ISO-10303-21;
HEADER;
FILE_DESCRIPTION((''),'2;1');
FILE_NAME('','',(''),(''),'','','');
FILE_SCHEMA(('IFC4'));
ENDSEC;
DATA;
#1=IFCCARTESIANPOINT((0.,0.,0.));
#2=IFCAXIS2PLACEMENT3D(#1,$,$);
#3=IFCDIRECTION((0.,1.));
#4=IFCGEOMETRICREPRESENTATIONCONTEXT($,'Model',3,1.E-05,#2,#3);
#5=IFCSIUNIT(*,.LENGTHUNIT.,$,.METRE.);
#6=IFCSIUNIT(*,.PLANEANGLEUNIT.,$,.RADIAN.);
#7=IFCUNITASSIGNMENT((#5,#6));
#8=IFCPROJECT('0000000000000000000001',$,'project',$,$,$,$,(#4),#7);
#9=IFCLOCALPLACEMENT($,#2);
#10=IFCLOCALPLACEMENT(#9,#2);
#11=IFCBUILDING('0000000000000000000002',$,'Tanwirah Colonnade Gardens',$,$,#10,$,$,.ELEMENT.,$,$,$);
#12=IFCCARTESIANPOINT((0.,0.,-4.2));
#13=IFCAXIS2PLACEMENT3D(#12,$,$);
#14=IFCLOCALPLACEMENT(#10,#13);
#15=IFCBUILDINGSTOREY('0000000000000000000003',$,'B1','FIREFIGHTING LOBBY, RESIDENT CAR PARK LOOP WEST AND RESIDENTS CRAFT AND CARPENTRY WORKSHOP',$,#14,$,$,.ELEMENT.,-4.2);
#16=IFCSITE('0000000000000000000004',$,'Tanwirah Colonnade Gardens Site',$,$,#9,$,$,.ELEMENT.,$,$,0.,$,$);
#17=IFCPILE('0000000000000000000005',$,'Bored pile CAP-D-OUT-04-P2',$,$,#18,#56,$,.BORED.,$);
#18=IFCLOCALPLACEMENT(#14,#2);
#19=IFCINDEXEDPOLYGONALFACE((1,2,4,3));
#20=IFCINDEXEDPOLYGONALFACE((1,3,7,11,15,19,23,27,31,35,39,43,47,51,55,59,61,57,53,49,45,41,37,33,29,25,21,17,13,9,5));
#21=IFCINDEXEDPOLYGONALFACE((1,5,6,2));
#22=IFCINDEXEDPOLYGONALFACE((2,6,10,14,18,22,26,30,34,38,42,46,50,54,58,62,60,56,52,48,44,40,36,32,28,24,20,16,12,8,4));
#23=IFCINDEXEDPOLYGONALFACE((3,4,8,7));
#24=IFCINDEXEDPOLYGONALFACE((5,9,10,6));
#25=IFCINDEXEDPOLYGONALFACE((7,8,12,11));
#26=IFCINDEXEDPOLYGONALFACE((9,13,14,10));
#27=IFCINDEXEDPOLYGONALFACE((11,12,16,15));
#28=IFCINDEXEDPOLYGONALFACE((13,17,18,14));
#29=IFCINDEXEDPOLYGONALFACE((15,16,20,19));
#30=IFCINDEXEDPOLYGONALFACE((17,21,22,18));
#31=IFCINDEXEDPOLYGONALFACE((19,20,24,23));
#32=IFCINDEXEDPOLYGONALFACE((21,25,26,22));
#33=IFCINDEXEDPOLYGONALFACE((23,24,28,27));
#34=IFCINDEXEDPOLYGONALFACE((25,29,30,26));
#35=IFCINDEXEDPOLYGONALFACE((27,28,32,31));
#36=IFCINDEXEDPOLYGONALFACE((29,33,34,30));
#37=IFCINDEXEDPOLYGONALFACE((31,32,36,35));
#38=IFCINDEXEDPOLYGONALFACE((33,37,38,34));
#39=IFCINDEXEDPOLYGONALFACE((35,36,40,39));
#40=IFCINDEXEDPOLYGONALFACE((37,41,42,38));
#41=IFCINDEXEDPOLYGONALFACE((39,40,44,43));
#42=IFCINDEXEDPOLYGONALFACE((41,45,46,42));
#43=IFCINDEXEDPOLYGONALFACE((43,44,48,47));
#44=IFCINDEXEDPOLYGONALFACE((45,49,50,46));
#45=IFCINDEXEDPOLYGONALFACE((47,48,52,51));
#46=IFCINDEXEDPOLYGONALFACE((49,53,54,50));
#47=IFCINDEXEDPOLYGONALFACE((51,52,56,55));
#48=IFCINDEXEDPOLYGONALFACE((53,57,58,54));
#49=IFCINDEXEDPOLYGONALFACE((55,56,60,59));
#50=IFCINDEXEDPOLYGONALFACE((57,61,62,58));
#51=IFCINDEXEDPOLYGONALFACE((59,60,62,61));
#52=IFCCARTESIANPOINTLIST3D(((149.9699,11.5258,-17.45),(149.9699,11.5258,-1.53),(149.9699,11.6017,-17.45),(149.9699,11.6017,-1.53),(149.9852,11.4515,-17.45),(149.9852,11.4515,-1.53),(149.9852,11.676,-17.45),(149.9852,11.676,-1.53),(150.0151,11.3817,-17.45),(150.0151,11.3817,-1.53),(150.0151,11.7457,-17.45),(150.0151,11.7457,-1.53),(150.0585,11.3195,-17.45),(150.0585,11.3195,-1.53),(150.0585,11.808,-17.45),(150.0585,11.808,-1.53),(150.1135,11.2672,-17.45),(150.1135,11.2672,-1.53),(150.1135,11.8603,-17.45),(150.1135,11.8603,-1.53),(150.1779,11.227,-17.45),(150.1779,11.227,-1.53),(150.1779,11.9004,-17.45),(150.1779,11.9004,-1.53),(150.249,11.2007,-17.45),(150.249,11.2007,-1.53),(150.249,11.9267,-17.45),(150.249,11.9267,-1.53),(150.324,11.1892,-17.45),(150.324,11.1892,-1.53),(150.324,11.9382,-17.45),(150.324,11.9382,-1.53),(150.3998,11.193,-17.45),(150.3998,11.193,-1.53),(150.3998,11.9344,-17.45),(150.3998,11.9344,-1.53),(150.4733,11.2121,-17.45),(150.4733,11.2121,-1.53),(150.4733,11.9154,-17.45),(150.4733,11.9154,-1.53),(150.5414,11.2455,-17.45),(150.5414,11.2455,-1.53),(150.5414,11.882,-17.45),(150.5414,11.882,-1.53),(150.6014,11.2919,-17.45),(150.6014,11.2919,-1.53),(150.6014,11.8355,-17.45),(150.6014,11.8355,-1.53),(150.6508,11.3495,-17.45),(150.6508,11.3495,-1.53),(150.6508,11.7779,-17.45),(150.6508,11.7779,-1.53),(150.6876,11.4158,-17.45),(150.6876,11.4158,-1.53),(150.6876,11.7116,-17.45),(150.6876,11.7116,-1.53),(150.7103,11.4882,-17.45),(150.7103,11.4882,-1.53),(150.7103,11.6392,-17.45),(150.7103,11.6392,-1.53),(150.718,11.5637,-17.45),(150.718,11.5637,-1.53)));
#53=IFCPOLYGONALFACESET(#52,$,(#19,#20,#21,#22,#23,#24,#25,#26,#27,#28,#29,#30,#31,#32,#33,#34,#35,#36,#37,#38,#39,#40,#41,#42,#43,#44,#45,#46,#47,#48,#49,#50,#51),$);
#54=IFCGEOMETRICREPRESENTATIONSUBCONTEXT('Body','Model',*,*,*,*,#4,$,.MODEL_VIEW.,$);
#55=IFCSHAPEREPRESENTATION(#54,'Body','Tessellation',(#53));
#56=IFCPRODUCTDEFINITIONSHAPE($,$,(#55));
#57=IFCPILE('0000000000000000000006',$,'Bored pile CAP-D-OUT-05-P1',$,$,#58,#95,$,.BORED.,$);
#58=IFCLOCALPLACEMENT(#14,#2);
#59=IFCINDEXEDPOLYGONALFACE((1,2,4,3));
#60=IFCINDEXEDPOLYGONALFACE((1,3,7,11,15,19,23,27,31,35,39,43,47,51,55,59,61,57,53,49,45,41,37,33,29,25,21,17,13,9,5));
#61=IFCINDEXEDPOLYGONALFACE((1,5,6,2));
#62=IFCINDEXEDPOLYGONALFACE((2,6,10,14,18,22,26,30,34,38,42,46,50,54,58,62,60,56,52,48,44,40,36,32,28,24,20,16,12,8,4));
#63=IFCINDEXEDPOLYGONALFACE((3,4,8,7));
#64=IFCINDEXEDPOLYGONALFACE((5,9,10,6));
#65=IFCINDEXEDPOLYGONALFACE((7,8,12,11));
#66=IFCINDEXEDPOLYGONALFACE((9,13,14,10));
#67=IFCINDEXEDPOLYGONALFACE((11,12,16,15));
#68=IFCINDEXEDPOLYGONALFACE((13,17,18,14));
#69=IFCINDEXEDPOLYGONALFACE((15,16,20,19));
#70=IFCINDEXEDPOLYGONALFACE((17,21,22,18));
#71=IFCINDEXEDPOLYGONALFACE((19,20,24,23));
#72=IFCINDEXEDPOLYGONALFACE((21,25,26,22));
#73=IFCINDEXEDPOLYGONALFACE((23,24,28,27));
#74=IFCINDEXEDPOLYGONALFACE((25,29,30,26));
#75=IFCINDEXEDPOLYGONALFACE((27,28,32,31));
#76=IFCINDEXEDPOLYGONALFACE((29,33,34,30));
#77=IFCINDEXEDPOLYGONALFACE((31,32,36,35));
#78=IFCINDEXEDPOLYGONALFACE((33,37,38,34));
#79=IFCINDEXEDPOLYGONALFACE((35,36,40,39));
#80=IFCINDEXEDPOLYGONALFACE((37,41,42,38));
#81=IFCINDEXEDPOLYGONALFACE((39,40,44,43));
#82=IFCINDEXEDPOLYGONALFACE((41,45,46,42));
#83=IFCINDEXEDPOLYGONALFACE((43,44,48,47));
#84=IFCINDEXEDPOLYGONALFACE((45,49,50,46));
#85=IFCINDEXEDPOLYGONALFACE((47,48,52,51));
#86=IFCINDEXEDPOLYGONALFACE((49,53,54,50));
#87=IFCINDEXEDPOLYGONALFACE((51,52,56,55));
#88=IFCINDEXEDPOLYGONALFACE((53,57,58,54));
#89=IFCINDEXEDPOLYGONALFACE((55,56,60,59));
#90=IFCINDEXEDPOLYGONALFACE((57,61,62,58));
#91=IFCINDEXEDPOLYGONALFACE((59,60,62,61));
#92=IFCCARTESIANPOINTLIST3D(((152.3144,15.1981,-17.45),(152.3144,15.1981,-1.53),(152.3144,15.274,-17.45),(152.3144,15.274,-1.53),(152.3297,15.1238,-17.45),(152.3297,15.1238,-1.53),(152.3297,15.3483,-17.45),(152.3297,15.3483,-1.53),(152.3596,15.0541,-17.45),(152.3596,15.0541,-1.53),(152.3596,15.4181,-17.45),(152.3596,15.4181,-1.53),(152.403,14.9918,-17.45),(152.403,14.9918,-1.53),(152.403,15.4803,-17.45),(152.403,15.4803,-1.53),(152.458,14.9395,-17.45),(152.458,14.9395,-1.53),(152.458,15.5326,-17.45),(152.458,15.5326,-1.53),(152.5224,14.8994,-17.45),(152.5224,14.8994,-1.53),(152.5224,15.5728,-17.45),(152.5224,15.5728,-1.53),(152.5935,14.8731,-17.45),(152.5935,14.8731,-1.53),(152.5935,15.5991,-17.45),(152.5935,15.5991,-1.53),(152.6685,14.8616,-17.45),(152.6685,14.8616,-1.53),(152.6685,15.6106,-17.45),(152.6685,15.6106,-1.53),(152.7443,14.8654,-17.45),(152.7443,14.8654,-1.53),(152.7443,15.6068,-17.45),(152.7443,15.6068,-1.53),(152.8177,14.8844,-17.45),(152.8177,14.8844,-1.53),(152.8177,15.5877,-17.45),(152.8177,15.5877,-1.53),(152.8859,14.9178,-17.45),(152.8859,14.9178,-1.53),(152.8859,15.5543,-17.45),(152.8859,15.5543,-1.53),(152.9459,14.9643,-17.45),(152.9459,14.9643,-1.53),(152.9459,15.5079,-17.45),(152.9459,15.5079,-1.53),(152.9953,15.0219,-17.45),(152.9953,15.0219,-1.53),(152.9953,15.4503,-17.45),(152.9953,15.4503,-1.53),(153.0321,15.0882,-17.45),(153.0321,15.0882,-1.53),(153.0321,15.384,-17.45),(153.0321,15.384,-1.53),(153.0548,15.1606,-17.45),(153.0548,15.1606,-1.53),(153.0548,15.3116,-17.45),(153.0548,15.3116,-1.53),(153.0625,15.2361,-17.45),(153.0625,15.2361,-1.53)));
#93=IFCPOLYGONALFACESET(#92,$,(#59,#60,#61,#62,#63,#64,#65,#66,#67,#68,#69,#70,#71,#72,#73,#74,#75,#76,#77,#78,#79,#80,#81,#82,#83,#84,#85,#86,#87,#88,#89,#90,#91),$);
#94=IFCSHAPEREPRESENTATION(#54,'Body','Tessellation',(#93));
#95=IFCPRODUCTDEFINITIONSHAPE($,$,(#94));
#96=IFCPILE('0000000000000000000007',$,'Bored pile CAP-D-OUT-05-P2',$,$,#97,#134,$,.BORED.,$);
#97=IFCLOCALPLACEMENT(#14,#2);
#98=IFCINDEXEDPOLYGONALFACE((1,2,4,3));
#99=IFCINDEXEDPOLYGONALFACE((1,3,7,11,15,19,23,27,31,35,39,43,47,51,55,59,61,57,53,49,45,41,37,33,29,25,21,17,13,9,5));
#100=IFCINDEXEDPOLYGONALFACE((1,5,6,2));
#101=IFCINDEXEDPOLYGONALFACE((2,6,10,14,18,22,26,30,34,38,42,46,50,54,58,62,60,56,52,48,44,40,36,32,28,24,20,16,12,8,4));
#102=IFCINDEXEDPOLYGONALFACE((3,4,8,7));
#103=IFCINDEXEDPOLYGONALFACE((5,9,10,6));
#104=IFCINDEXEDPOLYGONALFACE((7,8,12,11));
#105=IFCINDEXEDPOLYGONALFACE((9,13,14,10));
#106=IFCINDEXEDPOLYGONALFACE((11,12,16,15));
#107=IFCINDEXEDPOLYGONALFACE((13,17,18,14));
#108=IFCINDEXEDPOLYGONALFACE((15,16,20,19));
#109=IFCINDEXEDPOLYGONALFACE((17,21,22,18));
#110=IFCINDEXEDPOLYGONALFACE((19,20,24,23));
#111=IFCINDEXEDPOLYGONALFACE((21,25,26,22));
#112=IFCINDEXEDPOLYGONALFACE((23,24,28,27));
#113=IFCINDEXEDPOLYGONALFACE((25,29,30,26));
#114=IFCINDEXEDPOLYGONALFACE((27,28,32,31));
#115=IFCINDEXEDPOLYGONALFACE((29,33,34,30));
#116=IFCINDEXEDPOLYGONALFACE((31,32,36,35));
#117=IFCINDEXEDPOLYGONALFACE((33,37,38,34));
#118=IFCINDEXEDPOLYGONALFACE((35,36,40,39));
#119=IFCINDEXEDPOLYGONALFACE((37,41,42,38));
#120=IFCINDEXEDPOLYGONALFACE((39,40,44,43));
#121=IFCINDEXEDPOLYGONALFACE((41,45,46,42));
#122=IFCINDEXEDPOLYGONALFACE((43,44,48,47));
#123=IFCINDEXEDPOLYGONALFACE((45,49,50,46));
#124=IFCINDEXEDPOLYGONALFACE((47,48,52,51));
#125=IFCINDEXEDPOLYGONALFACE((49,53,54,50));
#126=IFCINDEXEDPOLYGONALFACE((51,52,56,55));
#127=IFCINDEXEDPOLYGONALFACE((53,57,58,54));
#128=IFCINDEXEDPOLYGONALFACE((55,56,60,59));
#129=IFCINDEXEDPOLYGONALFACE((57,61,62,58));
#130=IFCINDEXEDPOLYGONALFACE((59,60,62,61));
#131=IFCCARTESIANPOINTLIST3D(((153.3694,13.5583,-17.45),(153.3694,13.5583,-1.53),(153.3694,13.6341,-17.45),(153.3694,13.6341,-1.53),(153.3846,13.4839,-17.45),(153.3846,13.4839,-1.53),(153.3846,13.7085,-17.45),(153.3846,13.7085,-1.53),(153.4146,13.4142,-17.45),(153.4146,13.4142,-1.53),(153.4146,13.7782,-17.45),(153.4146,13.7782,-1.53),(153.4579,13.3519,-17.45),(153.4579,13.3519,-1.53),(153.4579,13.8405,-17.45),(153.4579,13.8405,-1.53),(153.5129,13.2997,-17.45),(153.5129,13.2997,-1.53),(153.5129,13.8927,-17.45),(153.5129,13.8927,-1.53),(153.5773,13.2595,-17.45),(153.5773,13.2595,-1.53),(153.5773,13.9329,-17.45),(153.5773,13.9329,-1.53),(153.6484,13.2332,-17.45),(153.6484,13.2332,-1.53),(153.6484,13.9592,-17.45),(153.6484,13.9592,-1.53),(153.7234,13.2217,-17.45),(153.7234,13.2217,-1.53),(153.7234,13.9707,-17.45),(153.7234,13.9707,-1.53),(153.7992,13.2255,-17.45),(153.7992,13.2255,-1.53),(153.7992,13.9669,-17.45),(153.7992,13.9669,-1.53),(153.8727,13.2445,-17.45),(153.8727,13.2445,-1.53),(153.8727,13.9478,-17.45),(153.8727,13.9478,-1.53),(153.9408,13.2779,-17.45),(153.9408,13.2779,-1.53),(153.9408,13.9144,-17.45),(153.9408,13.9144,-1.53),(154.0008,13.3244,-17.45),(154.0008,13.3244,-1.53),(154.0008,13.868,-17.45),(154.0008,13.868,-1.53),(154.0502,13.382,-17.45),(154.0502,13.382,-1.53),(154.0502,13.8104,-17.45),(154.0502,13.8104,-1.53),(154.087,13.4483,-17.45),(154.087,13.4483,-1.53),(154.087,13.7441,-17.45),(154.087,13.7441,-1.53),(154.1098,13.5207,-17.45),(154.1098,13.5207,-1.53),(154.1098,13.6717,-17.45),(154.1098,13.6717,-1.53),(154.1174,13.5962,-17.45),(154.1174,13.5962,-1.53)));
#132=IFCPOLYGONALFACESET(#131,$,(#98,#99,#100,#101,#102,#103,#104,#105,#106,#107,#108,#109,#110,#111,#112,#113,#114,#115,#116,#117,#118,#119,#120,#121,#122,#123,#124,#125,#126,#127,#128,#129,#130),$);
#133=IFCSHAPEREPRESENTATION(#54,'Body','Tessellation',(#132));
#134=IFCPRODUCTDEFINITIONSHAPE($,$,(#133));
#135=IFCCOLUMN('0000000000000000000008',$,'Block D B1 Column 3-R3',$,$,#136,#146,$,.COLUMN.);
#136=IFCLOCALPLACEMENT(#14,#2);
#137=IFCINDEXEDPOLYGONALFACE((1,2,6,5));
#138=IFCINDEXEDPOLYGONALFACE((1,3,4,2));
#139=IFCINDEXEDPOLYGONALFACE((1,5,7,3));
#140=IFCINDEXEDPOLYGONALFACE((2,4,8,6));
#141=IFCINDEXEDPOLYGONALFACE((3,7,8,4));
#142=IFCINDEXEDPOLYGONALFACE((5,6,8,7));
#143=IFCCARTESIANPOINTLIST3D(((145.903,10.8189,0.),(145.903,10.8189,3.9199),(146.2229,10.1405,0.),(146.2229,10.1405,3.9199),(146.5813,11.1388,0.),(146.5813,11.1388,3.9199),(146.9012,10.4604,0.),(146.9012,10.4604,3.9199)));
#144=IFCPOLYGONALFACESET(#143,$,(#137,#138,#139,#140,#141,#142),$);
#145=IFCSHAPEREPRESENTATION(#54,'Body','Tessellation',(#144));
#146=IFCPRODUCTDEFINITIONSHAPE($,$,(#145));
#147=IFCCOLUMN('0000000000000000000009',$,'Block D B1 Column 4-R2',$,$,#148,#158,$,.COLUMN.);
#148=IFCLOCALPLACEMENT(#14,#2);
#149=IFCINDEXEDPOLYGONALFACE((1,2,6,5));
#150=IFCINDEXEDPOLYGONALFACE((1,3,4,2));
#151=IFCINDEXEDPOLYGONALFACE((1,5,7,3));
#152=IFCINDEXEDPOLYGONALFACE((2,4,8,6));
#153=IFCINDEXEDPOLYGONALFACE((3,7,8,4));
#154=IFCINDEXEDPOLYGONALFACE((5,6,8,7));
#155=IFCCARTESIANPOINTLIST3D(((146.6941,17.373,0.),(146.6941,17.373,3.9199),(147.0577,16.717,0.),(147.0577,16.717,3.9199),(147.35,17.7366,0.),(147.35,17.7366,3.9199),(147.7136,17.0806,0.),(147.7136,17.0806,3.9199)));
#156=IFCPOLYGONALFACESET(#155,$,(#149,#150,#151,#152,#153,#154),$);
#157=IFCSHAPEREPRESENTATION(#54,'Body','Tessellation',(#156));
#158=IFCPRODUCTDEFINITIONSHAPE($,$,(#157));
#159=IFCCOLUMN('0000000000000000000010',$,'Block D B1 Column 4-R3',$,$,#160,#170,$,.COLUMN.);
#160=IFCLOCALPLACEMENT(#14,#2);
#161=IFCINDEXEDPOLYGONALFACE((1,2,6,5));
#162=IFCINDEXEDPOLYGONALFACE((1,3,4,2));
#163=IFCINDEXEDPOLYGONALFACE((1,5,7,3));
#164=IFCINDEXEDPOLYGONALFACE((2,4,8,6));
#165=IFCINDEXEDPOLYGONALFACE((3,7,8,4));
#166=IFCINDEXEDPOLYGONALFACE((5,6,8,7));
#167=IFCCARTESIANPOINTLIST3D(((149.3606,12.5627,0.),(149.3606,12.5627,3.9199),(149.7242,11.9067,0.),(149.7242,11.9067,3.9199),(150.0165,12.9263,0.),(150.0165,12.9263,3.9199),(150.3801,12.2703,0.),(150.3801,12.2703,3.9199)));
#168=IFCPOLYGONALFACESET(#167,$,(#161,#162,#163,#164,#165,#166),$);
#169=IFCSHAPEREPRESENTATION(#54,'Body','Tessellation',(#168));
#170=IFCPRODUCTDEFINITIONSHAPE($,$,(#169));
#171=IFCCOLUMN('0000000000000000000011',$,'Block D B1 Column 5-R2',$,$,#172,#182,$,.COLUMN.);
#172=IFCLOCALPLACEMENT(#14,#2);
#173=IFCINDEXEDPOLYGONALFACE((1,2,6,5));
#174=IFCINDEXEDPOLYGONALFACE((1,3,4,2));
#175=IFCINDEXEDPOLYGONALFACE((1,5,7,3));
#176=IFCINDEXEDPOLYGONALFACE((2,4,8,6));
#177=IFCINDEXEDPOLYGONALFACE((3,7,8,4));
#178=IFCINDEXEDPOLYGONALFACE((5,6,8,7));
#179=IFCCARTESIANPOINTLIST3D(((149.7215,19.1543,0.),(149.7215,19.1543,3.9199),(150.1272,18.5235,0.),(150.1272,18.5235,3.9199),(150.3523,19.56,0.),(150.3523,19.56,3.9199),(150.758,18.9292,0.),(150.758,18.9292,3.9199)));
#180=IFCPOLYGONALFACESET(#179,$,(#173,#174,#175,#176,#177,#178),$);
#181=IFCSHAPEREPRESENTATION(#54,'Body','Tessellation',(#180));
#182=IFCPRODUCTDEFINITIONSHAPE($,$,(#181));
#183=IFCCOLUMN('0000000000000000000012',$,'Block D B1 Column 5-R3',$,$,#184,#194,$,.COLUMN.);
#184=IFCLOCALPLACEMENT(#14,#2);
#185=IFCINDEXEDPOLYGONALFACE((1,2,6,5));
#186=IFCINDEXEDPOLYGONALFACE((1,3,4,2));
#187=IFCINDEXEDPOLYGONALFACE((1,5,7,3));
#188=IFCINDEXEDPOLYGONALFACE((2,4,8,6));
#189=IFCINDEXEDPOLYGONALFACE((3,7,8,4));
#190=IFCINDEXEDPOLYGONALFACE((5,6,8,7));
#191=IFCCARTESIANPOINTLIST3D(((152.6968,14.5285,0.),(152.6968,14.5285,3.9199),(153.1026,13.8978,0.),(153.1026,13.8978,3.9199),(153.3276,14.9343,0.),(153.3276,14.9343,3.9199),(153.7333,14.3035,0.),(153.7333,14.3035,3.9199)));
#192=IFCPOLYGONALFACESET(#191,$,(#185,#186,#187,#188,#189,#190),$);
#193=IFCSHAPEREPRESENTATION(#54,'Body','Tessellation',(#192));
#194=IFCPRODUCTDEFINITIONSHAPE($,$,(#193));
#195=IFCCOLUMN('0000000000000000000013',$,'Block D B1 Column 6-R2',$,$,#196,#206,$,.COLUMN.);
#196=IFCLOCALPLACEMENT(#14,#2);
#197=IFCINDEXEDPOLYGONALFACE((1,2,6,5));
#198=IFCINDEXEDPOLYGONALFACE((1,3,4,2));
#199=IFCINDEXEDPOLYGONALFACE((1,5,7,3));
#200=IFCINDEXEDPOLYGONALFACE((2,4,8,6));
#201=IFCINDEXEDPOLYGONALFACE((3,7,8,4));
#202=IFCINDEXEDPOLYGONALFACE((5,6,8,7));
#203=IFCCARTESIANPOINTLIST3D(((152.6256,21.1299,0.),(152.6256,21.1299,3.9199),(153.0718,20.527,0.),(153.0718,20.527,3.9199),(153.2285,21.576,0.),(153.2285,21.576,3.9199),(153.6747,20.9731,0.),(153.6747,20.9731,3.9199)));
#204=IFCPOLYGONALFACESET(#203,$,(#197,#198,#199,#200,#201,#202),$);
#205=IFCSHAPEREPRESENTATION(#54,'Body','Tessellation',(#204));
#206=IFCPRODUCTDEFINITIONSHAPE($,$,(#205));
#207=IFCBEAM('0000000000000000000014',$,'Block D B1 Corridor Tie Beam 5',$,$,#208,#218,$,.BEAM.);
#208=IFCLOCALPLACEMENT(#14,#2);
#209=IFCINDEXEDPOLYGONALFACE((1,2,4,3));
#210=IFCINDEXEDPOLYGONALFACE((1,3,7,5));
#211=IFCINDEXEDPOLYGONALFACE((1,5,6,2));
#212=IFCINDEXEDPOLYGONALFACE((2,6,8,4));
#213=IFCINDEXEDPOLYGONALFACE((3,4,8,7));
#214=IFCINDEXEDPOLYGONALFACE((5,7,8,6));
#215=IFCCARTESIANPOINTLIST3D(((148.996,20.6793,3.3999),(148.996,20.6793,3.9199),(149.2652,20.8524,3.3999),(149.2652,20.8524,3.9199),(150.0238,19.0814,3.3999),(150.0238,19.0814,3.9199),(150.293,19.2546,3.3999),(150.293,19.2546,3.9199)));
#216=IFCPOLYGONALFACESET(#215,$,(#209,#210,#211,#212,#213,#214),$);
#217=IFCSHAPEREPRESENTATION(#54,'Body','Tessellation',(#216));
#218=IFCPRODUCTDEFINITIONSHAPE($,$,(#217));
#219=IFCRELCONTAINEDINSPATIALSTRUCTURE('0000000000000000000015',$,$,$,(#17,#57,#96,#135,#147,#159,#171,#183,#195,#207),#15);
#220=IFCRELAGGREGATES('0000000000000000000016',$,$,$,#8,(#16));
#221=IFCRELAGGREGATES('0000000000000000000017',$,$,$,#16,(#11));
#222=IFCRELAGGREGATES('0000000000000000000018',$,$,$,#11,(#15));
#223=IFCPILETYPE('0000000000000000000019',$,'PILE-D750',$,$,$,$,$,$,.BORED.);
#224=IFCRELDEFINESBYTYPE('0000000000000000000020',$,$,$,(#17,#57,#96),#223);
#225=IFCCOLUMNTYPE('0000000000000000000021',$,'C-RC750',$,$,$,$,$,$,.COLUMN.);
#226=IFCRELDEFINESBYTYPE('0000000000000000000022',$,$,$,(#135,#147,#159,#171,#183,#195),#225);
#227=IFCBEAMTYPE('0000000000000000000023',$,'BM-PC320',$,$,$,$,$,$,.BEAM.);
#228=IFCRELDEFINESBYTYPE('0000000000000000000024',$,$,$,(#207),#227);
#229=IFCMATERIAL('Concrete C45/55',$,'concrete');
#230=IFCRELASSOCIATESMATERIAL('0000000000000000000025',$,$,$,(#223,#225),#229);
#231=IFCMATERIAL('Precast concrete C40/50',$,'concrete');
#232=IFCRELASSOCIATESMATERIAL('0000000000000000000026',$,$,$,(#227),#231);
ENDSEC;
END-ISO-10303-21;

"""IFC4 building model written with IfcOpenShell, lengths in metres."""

from ifc_helpers import new_model, si_unit, direction, frame, origin, origin_2d, place, context, subcontext, project, spatial, rectangle, circle, extrude, material, material_profile, profile_set, type_object, element, save


model = new_model("IFC4")

# Units and contexts
model_context = context("Model", 3, precision=1e-05, world=origin(), true_north=direction((0.0, 1.0)))
body_context = subcontext(model_context, "Body", "Model", "MODEL_VIEW")
ifc_project = project(units=[si_unit("LENGTHUNIT", "METRE"), si_unit("PLANEANGLEUNIT", "RADIAN")], contexts=[model_context])

# Site, building, storey
site_placement = place(None, origin())
site = spatial("IfcSite", under=ifc_project, at=site_placement, Name="Tanwirah Colonnade Gardens Site", CompositionType="ELEMENT", RefElevation=0.0)
building_placement = place(site_placement, origin())
building = spatial("IfcBuilding", under=site, at=building_placement, Name="Tanwirah Colonnade Gardens", CompositionType="ELEMENT")
storey_placement = place(building_placement, frame((0.0, 0.0, -4.2)))
storey = spatial("IfcBuildingStorey", under=building, at=storey_placement, Name="B1", Description="FIREFIGHTING LOBBY, RESIDENT CAR PARK LOOP WEST AND RESIDENTS CRAFT AND CARPENTRY WORKSHOP", CompositionType="ELEMENT", Elevation=-4.2)

# Shared definitions
ifc_material_1 = material(Name="Concrete C45/55", Category="concrete")

# Piles
ifc_material_profile_1 = material_profile(ifc_material_1, circle(Radius=0.375, at=origin_2d()), Name="PILE D750")
ifc_profile_set_1 = profile_set([ifc_material_profile_1], Name="Concrete C45/55")
pile_type_1 = type_object("IfcPileType", Name="PILE-D750", PredefinedType="BORED", material=ifc_profile_set_1)
for number, where, z_axis, x_axis, name in (
    (1, (150.343, 11.5637, -1.53), (0.0, 0.0, -1.0), (1.0, 0.0, 0.0), "Bored pile CAP-D-OUT-04-P2"),
    (2, (152.6875, 15.2361, -1.53), (0.0, 0.0, -1.0), (1.0, 0.0, 0.0), "Bored pile CAP-D-OUT-05-P1"),
    (3, (153.7424, 13.5962, -1.53), (0.0, 0.0, -1.0), (1.0, 0.0, 0.0), "Bored pile CAP-D-OUT-05-P2"),
):
    element("IfcPile", number, at=place(storey_placement, frame(where, z_axis=z_axis, x_axis=x_axis)), inside=storey, type_object=pile_type_1, Name=name, PredefinedType="BORED", context=body_context, shape_type="SweptSolid", body=[
        extrude(circle(Radius=0.375, at=origin_2d()), origin(), (0.0, 0.0, 1.0), 15.9199),
    ])

# Columns
ifc_material_profile_2 = material_profile(ifc_material_1, rectangle(XDim=0.75, YDim=0.75, at=origin_2d()), Name="RC-COL 750x750")
ifc_profile_set_2 = profile_set([ifc_material_profile_2], Name="Concrete C45/55")
column_type = type_object("IfcColumnType", Name="C-RC750", PredefinedType="COLUMN", material=ifc_profile_set_2)
for number, where, z_axis, x_axis, name in (
    (4, (146.4021, 10.6396, 0.0), (0.0, 0.0, 1.0), (0.426569, -0.904455, 0.0), "Block D B1 Column 3-R3"),
    (5, (147.2039, 17.2268, 0.0), (0.0, 0.0, 1.0), (0.48481, -0.87462, 0.0), "Block D B1 Column 4-R2"),
    (6, (149.8704, 12.4165, 0.0), (0.0, 0.0, 1.0), (0.48481, -0.87462, 0.0), "Block D B1 Column 4-R3"),
    (7, (150.2397, 19.0417, 0.0), (0.0, 0.0, 1.0), (0.540974, -0.841039, 0.0), "Block D B1 Column 5-R2"),
    (8, (153.2151, 14.416, 0.0), (0.0, 0.0, 1.0), (0.540974, -0.841039, 0.0), "Block D B1 Column 5-R3"),
    (9, (153.1501, 21.0515, 0.0), (0.0, 0.0, 1.0), (0.594823, -0.803857, 0.0), "Block D B1 Column 6-R2"),
):
    element("IfcColumn", number, at=place(storey_placement, frame(where, z_axis=z_axis, x_axis=x_axis)), inside=storey, type_object=column_type, Name=name, PredefinedType="COLUMN", context=body_context, shape_type="SweptSolid", body=[
        extrude(rectangle(XDim=0.75, YDim=0.75, at=origin_2d()), origin(), (0.0, 0.0, 1.0), 3.9199),
    ])

# Beam
ifc_material_2 = material(Name="Precast concrete C40/50", Category="concrete")
ifc_material_profile_3 = material_profile(ifc_material_2, rectangle(XDim=0.3201, YDim=0.52, at=origin_2d()), Name="PC-BM 320x520")
ifc_profile_set_3 = profile_set([ifc_material_profile_3], Name="Precast concrete C40/50")
beam_type_1 = type_object("IfcBeamType", Name="BM-PC320", PredefinedType="BEAM", material=ifc_profile_set_3)
beam_1_placement = place(storey_placement, frame((149.1306, 20.7659, 3.6599), z_axis=(0.540985, -0.841032, 0.0), x_axis=(0.841032, 0.540985, 0.0)))
element("IfcBeam", 10, at=beam_1_placement, inside=storey, type_object=beam_type_1, Name="Block D B1 Corridor Tie Beam 5", PredefinedType="BEAM", context=body_context, shape_type="SweptSolid", body=[
    extrude(rectangle(XDim=0.3201, YDim=0.52, at=origin_2d()), origin(), (0.0, 0.0, 1.0), 1.8999),
])

save(model, "model.ifc")
